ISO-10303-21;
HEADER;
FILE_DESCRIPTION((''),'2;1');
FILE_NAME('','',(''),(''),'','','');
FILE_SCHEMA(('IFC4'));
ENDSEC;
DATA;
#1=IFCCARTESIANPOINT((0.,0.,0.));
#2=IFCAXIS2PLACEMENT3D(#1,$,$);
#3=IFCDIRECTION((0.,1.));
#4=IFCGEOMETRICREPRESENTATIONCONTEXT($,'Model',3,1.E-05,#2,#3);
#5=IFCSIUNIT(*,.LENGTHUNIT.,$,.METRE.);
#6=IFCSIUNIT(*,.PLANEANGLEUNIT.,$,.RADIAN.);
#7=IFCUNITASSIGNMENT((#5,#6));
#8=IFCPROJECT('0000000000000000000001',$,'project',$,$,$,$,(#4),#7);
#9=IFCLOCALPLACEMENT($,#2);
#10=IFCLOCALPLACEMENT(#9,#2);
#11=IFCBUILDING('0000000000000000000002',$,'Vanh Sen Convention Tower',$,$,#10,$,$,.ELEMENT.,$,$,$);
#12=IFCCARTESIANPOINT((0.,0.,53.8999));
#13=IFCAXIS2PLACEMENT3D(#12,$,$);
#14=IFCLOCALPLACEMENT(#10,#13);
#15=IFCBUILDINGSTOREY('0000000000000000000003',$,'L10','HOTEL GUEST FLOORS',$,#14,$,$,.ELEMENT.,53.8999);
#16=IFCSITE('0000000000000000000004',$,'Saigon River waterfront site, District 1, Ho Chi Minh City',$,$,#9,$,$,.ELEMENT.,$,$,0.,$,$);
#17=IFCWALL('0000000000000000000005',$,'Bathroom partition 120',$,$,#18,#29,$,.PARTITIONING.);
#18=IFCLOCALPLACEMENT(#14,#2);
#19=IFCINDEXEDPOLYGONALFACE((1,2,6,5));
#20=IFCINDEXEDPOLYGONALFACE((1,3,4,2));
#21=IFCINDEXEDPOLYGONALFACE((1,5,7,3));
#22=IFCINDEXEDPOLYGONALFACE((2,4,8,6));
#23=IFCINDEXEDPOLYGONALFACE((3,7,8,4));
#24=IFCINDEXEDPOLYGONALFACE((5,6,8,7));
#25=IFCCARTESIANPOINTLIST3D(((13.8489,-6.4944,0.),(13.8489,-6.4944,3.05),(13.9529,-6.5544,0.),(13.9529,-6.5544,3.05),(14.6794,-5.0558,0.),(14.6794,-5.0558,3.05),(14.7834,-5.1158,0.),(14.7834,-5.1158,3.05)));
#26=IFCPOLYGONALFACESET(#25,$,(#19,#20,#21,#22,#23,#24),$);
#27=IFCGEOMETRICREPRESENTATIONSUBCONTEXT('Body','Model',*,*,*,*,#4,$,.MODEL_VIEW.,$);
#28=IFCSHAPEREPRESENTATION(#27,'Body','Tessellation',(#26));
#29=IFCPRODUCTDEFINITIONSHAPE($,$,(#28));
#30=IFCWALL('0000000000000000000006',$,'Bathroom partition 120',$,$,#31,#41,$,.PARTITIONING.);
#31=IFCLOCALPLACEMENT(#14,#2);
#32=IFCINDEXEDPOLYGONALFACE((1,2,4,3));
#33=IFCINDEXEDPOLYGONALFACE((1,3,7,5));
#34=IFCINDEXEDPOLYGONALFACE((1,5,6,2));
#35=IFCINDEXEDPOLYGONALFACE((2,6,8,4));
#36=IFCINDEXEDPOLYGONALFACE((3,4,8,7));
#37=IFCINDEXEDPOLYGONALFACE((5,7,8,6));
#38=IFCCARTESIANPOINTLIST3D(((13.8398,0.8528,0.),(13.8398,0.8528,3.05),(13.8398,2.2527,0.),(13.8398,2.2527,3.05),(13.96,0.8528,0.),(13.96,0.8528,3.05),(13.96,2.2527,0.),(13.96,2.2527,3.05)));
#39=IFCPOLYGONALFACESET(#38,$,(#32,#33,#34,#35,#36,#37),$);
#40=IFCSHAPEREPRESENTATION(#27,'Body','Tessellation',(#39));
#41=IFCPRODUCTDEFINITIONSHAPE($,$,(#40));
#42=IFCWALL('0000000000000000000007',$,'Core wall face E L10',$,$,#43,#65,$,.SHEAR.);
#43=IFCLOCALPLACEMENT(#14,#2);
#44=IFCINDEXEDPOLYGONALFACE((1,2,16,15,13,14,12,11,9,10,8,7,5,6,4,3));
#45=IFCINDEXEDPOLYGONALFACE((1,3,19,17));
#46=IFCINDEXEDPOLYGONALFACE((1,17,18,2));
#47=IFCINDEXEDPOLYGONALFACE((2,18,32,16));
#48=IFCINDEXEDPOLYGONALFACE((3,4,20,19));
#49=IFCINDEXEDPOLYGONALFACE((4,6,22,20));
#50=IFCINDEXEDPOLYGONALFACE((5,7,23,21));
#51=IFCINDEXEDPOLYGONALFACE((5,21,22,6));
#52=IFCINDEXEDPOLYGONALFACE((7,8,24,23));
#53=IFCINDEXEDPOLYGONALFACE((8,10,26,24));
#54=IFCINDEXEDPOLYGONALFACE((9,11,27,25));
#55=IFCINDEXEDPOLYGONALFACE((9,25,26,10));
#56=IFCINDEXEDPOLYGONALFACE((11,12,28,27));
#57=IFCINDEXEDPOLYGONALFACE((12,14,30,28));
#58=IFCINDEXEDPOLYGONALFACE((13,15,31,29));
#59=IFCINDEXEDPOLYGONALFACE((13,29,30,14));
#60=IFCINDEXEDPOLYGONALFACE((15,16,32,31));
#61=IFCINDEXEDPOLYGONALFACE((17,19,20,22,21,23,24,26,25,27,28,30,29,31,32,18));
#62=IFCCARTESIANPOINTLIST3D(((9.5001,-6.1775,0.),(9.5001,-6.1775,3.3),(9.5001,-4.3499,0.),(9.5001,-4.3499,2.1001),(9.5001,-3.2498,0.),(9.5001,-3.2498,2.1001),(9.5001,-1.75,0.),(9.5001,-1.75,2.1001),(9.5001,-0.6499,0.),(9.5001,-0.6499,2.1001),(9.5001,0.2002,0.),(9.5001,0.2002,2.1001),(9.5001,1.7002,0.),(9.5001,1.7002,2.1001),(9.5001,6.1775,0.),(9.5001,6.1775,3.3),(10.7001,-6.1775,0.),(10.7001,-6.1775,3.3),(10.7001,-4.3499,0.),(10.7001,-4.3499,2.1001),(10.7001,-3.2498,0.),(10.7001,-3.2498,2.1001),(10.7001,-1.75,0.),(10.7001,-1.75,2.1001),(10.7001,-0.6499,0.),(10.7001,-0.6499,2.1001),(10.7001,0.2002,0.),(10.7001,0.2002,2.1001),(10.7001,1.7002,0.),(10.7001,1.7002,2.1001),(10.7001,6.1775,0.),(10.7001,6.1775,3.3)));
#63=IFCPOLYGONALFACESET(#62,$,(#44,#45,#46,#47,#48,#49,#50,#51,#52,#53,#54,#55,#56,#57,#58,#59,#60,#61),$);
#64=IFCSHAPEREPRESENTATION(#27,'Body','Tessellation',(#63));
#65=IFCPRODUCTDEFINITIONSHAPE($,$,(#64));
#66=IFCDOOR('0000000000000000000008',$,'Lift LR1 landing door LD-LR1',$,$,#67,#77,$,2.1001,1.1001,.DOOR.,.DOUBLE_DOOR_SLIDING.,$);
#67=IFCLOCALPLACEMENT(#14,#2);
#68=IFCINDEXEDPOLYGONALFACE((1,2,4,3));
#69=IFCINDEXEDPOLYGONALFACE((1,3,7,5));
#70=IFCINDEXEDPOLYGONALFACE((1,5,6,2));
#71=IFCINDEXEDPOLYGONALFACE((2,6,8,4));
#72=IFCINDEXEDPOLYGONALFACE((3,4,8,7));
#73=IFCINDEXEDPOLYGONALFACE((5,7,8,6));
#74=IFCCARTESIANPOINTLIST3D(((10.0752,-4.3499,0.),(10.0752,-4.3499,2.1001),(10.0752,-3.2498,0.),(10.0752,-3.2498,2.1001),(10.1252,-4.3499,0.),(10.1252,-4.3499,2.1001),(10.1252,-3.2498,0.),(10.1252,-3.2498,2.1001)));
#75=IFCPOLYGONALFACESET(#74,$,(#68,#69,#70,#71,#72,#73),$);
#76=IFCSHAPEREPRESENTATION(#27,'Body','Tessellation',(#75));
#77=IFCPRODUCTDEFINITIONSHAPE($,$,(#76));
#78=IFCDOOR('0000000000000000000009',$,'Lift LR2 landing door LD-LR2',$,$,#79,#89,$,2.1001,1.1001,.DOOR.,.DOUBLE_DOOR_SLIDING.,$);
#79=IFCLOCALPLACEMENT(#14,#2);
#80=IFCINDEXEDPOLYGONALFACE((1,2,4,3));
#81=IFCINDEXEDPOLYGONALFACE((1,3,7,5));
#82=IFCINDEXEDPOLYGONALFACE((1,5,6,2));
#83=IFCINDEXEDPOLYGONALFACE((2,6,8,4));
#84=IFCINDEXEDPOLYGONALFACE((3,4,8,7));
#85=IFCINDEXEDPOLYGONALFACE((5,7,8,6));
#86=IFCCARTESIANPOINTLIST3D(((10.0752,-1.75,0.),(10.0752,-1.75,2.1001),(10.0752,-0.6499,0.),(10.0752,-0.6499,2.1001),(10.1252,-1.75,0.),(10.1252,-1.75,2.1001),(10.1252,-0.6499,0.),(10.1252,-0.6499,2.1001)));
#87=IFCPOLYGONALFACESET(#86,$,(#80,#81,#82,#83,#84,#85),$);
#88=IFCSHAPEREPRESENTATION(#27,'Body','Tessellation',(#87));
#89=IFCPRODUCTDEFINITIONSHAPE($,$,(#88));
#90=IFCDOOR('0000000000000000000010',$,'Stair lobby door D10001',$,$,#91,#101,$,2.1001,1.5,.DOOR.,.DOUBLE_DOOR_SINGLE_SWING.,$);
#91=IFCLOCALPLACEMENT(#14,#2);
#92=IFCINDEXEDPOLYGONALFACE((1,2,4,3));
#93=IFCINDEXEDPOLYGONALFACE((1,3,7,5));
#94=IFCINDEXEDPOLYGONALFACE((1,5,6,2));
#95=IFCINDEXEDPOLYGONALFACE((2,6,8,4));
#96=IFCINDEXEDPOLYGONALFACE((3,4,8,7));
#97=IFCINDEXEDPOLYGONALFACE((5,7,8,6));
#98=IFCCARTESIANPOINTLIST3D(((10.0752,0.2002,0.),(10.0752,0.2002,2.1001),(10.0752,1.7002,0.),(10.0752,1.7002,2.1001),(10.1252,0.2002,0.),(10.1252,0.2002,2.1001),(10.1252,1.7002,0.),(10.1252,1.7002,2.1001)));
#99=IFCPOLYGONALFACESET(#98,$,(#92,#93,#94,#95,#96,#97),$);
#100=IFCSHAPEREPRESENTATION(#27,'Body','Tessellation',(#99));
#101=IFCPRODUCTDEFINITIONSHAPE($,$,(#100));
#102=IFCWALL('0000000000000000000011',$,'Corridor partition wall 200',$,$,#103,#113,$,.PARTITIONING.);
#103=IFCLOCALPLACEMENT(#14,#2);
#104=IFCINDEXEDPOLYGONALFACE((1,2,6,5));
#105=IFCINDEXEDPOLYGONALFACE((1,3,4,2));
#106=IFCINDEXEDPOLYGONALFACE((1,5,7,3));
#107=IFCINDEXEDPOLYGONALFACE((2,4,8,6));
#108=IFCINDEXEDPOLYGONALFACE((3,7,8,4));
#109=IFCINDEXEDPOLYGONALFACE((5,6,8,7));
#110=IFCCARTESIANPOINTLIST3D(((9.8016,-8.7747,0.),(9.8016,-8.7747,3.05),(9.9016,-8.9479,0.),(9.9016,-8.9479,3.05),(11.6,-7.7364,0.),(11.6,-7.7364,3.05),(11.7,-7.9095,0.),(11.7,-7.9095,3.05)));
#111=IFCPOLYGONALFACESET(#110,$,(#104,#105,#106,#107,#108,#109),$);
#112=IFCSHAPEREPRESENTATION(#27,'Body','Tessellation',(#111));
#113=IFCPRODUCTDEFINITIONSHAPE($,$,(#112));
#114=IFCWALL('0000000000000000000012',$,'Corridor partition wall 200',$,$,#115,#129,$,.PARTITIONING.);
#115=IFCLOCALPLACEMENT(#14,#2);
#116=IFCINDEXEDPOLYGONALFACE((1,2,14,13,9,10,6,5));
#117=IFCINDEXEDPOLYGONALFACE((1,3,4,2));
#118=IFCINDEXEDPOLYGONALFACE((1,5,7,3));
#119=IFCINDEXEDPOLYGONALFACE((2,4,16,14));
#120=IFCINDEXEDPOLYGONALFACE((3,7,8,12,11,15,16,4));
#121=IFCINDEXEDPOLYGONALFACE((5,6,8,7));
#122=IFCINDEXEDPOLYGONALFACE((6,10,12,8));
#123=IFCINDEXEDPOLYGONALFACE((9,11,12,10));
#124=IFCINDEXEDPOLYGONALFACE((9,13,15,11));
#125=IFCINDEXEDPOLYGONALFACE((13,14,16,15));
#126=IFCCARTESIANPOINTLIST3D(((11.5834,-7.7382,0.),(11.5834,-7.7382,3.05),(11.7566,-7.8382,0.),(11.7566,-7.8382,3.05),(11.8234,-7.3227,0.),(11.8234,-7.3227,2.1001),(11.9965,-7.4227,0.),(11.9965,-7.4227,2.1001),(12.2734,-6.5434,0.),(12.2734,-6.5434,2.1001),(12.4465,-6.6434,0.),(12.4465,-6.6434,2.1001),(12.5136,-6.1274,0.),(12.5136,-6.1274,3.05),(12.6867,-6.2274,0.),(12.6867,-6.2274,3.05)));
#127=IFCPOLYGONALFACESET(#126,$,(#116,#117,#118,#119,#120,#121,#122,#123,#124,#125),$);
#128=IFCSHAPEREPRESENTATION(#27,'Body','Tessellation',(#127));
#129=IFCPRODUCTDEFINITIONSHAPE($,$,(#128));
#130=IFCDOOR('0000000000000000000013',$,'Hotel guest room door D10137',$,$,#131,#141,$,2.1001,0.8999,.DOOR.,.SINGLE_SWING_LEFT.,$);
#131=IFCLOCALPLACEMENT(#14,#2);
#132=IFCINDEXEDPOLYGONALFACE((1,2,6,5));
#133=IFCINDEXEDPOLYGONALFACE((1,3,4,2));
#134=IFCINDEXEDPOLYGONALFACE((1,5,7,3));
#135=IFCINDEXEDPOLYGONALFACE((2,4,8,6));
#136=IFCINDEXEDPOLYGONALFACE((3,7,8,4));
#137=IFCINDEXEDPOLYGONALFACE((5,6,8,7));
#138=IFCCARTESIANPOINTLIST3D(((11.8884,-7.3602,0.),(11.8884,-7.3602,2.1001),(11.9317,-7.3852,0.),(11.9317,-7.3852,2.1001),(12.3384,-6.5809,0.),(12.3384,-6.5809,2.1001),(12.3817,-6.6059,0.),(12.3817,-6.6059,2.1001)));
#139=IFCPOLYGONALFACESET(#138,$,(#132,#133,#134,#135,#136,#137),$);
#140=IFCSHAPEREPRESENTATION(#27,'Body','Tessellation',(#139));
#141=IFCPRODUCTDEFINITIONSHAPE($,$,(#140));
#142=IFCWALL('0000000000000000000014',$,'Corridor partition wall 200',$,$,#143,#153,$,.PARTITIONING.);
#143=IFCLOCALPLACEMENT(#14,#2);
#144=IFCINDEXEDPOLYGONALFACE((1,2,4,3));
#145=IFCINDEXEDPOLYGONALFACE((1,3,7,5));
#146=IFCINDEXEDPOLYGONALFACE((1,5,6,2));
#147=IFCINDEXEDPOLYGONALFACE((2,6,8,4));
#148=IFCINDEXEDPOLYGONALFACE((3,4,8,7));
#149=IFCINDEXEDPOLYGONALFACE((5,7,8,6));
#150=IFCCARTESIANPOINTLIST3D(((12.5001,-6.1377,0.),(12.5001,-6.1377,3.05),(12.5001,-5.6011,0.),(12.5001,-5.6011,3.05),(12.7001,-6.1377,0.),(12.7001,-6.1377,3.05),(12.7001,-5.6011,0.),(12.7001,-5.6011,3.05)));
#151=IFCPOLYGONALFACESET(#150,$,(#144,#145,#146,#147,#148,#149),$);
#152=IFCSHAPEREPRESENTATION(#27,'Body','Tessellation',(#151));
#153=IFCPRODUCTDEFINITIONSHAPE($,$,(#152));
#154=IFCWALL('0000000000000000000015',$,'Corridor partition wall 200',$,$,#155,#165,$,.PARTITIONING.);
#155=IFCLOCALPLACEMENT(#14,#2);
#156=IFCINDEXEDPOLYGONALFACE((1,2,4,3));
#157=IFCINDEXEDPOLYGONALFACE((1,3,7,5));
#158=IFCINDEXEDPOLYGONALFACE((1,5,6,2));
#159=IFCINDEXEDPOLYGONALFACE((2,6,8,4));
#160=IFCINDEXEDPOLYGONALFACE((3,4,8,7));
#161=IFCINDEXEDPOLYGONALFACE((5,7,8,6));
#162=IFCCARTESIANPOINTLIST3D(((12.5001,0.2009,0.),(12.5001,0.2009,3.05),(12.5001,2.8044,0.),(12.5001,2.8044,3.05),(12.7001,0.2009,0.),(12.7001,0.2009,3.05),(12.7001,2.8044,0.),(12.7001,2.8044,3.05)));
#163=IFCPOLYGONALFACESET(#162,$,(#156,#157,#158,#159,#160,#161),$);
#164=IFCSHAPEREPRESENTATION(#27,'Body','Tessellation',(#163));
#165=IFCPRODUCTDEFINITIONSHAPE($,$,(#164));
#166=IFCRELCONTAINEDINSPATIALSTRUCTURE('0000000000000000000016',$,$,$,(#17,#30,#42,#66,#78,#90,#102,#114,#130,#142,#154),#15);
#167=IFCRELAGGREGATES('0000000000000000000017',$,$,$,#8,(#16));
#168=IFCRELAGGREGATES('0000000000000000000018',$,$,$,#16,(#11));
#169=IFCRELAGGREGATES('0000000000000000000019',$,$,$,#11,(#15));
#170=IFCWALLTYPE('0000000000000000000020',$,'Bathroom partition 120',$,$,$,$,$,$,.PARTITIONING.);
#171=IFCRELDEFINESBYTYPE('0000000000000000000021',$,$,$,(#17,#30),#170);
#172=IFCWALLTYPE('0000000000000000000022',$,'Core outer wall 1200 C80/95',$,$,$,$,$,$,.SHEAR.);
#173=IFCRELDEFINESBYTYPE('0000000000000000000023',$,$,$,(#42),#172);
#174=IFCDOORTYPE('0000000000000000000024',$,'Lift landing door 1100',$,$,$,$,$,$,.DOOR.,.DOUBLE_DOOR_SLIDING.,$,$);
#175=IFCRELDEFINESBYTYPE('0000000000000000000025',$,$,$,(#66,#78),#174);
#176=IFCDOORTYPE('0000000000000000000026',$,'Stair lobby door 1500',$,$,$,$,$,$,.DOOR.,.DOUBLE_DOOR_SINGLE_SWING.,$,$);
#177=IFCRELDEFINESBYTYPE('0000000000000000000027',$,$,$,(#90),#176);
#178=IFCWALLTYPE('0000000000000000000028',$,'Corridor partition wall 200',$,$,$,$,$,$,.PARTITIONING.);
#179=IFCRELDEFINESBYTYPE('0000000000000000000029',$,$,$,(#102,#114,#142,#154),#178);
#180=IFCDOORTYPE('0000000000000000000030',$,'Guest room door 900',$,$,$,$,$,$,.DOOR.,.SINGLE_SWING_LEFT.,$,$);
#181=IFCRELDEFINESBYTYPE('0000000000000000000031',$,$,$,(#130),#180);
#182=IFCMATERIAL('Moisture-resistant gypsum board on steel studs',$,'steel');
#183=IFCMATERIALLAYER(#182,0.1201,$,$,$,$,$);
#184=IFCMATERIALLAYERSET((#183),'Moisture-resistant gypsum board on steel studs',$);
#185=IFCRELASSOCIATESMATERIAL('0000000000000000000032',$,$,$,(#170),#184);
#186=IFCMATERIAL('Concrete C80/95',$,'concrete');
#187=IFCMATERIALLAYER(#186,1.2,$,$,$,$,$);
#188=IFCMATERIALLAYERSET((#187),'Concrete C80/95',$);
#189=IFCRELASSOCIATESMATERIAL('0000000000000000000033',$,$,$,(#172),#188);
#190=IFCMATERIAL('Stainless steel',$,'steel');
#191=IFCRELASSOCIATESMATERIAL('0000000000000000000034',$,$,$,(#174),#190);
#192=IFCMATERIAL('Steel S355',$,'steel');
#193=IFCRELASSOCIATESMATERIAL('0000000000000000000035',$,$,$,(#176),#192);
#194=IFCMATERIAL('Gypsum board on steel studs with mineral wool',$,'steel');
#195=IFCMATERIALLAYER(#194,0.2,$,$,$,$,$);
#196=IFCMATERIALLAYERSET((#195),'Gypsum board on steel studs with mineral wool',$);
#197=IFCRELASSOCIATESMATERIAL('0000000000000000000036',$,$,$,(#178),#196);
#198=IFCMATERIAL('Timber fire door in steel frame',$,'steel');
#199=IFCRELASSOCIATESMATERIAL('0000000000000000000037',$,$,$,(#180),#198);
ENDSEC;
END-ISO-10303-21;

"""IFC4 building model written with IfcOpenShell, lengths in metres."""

from ifc_helpers import new_model, si_unit, direction, frame, frame_2d, origin, place, context, subcontext, project, spatial, rectangle, extrude, material, layer, layer_set, type_object, element, fill, save


model = new_model("IFC4")

# Units and contexts
model_context = context("Model", 3, precision=1e-05, world=origin(), true_north=direction((0.0, 1.0)))
body_context = subcontext(model_context, "Body", "Model", "MODEL_VIEW")
ifc_project = project(units=[si_unit("LENGTHUNIT", "METRE"), si_unit("PLANEANGLEUNIT", "RADIAN")], contexts=[model_context])

# Site, building, storey
site_placement = place(None, origin())
site = spatial("IfcSite", under=ifc_project, at=site_placement, Name="Saigon River waterfront site, District 1, Ho Chi Minh City", CompositionType="ELEMENT", RefElevation=0.0)
building_placement = place(site_placement, origin())
building = spatial("IfcBuilding", under=site, at=building_placement, Name="Vanh Sen Convention Tower", CompositionType="ELEMENT")
storey_placement = place(building_placement, frame((0.0, 0.0, 53.8999)))
storey = spatial("IfcBuildingStorey", under=building, at=storey_placement, Name="L10", Description="HOTEL GUEST FLOORS", CompositionType="ELEMENT", Elevation=53.8999)

# Walls
ifc_material_1 = material(Name="Moisture-resistant gypsum board on steel studs", Category="steel")
ifc_layer_1 = layer(ifc_material_1, 0.1201)
ifc_layer_set_1 = layer_set([ifc_layer_1], Name="Moisture-resistant gypsum board on steel studs")
wall_type_1 = type_object("IfcWallType", Name="Bathroom partition 120", PredefinedType="PARTITIONING", material=ifc_layer_set_1)
wall_1_placement = place(storey_placement, frame((13.9009, -6.5244, 0.0), z_axis=(0.0, 0.0, 1.0), x_axis=(0.499964, 0.866046, 0.0)))
element("IfcWall", 1, at=wall_1_placement, inside=storey, type_object=wall_type_1, Name="Bathroom partition 120", PredefinedType="PARTITIONING", context=body_context, shape_type="SweptSolid", body=[
    extrude(rectangle(XDim=1.6611, YDim=0.1201, at=frame_2d((0.8306, 0.0))), origin(), (0.0, 0.0, 1.0), 3.05),
])
wall_2_placement = place(storey_placement, frame((13.8999, 0.8528, 0.0), z_axis=(0.0, 0.0, 1.0), x_axis=(0.0, 1.0, 0.0)))
element("IfcWall", 2, at=wall_2_placement, inside=storey, type_object=wall_type_1, Name="Bathroom partition 120", PredefinedType="PARTITIONING", context=body_context, shape_type="SweptSolid", body=[
    extrude(rectangle(XDim=1.3999, YDim=0.1201, at=frame_2d((0.7, 0.0))), origin(), (0.0, 0.0, 1.0), 3.05),
])

# Wall, openings, doors
ifc_material_2 = material(Name="Concrete C80/95", Category="concrete")
ifc_layer_2 = layer(ifc_material_2, 1.2)
ifc_layer_set_2 = layer_set([ifc_layer_2], Name="Concrete C80/95")
wall_type_2 = type_object("IfcWallType", Name="Core outer wall 1200 C80/95", PredefinedType="SHEAR", material=ifc_layer_set_2)
wall_3_placement = place(storey_placement, frame((10.1001, -6.1775, 0.0), z_axis=(0.0, 0.0, 1.0), x_axis=(0.0, 1.0, 0.0)))
wall_3 = element("IfcWall", 3, at=wall_3_placement, inside=storey, type_object=wall_type_2, Name="Core wall face E L10", PredefinedType="SHEAR", context=body_context, shape_type="SweptSolid", body=[
    extrude(rectangle(XDim=12.355, YDim=1.2, at=frame_2d((6.1775, 0.0))), origin(), (0.0, 0.0, 1.0), 3.3),
])
opening_1_placement = place(wall_3_placement, frame((6.3777, 0.0, 0.0)))
opening_1 = element("IfcOpeningElement", 4, at=opening_1_placement, cuts=wall_3, PredefinedType="OPENING", context=body_context, shape_type="SweptSolid", body=[
    extrude(rectangle(XDim=1.5, YDim=2.1001, at=frame_2d((0.75, 1.05))), frame((0.0, 0.6099, 0.0), z_axis=(0.0, -1.0, 0.0), x_axis=(1.0, 0.0, 0.0)), (0.0, 0.0, 1.0), 1.22),
])
opening_2_placement = place(wall_3_placement, frame((1.8276, 0.0, 0.0)))
opening_2 = element("IfcOpeningElement", 5, at=opening_2_placement, cuts=wall_3, PredefinedType="OPENING", context=body_context, shape_type="SweptSolid", body=[
    extrude(rectangle(XDim=1.1001, YDim=2.1001, at=frame_2d((0.55, 1.05))), frame((0.0, 0.6099, 0.0), z_axis=(0.0, -1.0, 0.0), x_axis=(1.0, 0.0, 0.0)), (0.0, 0.0, 1.0), 1.22),
])
opening_3_placement = place(wall_3_placement, frame((4.4275, 0.0, 0.0)))
opening_3 = element("IfcOpeningElement", 6, at=opening_3_placement, cuts=wall_3, PredefinedType="OPENING", context=body_context, shape_type="SweptSolid", body=[
    extrude(rectangle(XDim=1.1001, YDim=2.1001, at=frame_2d((0.55, 1.05))), frame((0.0, 0.6099, 0.0), z_axis=(0.0, -1.0, 0.0), x_axis=(1.0, 0.0, 0.0)), (0.0, 0.0, 1.0), 1.22),
])
ifc_material_3 = material(Name="Stainless steel", Category="steel")
door_type_1 = type_object("IfcDoorType", Name="Lift landing door 1100", OperationType="DOUBLE_DOOR_SLIDING", PredefinedType="DOOR", material=ifc_material_3)
door_1_placement = place(opening_2_placement, origin())
door_1 = element("IfcDoor", 7, at=door_1_placement, inside=storey, type_object=door_type_1, Name="Lift LR1 landing door LD-LR1", OperationType="DOUBLE_DOOR_SLIDING", OverallHeight=2.1001, OverallWidth=1.1001, PredefinedType="DOOR", context=body_context, shape_type="SweptSolid", body=[
    extrude(rectangle(XDim=1.1001, YDim=2.1001, at=frame_2d((0.55, 1.05))), frame((0.0, 0.0249, 0.0), z_axis=(0.0, -1.0, 0.0), x_axis=(1.0, 0.0, 0.0)), (0.0, 0.0, 1.0), 0.05),
])
fill(opening_2, door_1)
door_2_placement = place(opening_3_placement, origin())
door_2 = element("IfcDoor", 8, at=door_2_placement, inside=storey, type_object=door_type_1, Name="Lift LR2 landing door LD-LR2", OperationType="DOUBLE_DOOR_SLIDING", OverallHeight=2.1001, OverallWidth=1.1001, PredefinedType="DOOR", context=body_context, shape_type="SweptSolid", body=[
    extrude(rectangle(XDim=1.1001, YDim=2.1001, at=frame_2d((0.55, 1.05))), frame((0.0, 0.0249, 0.0), z_axis=(0.0, -1.0, 0.0), x_axis=(1.0, 0.0, 0.0)), (0.0, 0.0, 1.0), 0.05),
])
fill(opening_3, door_2)
ifc_material_4 = material(Name="Steel S355", Category="steel")
door_type_2 = type_object("IfcDoorType", Name="Stair lobby door 1500", OperationType="DOUBLE_DOOR_SINGLE_SWING", PredefinedType="DOOR", material=ifc_material_4)
door_3_placement = place(opening_1_placement, origin())
door_3 = element("IfcDoor", 9, at=door_3_placement, inside=storey, type_object=door_type_2, Name="Stair lobby door D10001", OperationType="DOUBLE_DOOR_SINGLE_SWING", OverallHeight=2.1001, OverallWidth=1.5, PredefinedType="DOOR", context=body_context, shape_type="SweptSolid", body=[
    extrude(rectangle(XDim=1.5, YDim=2.1001, at=frame_2d((0.75, 1.05))), frame((0.0, 0.0249, 0.0), z_axis=(0.0, -1.0, 0.0), x_axis=(1.0, 0.0, 0.0)), (0.0, 0.0, 1.0), 0.05),
])
fill(opening_1, door_3)

# Wall
ifc_material_5 = material(Name="Gypsum board on steel studs with mineral wool", Category="steel")
ifc_layer_3 = layer(ifc_material_5, 0.2)
ifc_layer_set_3 = layer_set([ifc_layer_3], Name="Gypsum board on steel studs with mineral wool")
wall_type_3 = type_object("IfcWallType", Name="Corridor partition wall 200", PredefinedType="PARTITIONING", material=ifc_layer_set_3)
wall_4_placement = place(storey_placement, frame((9.8516, -8.8613, 0.0), z_axis=(0.0, 0.0, 1.0), x_axis=(0.866013, 0.500021, 0.0)))
element("IfcWall", 10, at=wall_4_placement, inside=storey, type_object=wall_type_3, Name="Corridor partition wall 200", PredefinedType="PARTITIONING", context=body_context, shape_type="SweptSolid", body=[
    extrude(rectangle(XDim=2.0767, YDim=0.2, at=frame_2d((1.0383, 0.0))), origin(), (0.0, 0.0, 1.0), 3.05),
])

# Wall, opening, door
wall_5_placement = place(storey_placement, frame((11.6699, -7.7883, 0.0), z_axis=(0.0, 0.0, 1.0), x_axis=(0.500063, 0.865989, 0.0)))
wall_5 = element("IfcWall", 11, at=wall_5_placement, inside=storey, type_object=wall_type_3, Name="Corridor partition wall 200", PredefinedType="PARTITIONING", context=body_context, shape_type="SweptSolid", body=[
    extrude(rectangle(XDim=1.8601, YDim=0.2, at=frame_2d((0.9302, 0.0))), origin(), (0.0, 0.0, 1.0), 3.05),
])
opening_4_placement = place(wall_5_placement, frame((0.48, 0.0, 0.0)))
opening_4 = element("IfcOpeningElement", 12, at=opening_4_placement, cuts=wall_5, PredefinedType="OPENING", context=body_context, shape_type="SweptSolid", body=[
    extrude(rectangle(XDim=0.8999, YDim=2.1001, at=frame_2d((0.45, 1.05))), frame((0.0, 0.1099, 0.0), z_axis=(0.0, -1.0, 0.0), x_axis=(1.0, 0.0, 0.0)), (0.0, 0.0, 1.0), 0.22),
])
ifc_material_6 = material(Name="Timber fire door in steel frame", Category="steel")
door_type_3 = type_object("IfcDoorType", Name="Guest room door 900", OperationType="SINGLE_SWING_LEFT", PredefinedType="DOOR", material=ifc_material_6)
door_4_placement = place(opening_4_placement, origin())
door_4 = element("IfcDoor", 13, at=door_4_placement, inside=storey, type_object=door_type_3, Name="Hotel guest room door D10137", OperationType="SINGLE_SWING_LEFT", OverallHeight=2.1001, OverallWidth=0.8999, PredefinedType="DOOR", context=body_context, shape_type="SweptSolid", body=[
    extrude(rectangle(XDim=0.8999, YDim=2.1001, at=frame_2d((0.45, 1.05))), frame((0.0, 0.0249, 0.0), z_axis=(0.0, -1.0, 0.0), x_axis=(1.0, 0.0, 0.0)), (0.0, 0.0, 1.0), 0.05),
])
fill(opening_4, door_4)

# Walls
wall_6_placement = place(storey_placement, frame((12.6001, -6.1377, 0.0), z_axis=(0.0, 0.0, 1.0), x_axis=(0.0, 1.0, 0.0)))
element("IfcWall", 14, at=wall_6_placement, inside=storey, type_object=wall_type_3, Name="Corridor partition wall 200", PredefinedType="PARTITIONING", context=body_context, shape_type="SweptSolid", body=[
    extrude(rectangle(XDim=0.5366, YDim=0.2, at=frame_2d((0.2683, 0.0))), origin(), (0.0, 0.0, 1.0), 3.05),
])
wall_7_placement = place(storey_placement, frame((12.6001, 0.2009, 0.0), z_axis=(0.0, 0.0, 1.0), x_axis=(0.0, 1.0, 0.0)))
element("IfcWall", 15, at=wall_7_placement, inside=storey, type_object=wall_type_3, Name="Corridor partition wall 200", PredefinedType="PARTITIONING", context=body_context, shape_type="SweptSolid", body=[
    extrude(rectangle(XDim=2.6035, YDim=0.2, at=frame_2d((1.3018, 0.0))), origin(), (0.0, 0.0, 1.0), 3.05),
])

save(model, "model.ifc")
